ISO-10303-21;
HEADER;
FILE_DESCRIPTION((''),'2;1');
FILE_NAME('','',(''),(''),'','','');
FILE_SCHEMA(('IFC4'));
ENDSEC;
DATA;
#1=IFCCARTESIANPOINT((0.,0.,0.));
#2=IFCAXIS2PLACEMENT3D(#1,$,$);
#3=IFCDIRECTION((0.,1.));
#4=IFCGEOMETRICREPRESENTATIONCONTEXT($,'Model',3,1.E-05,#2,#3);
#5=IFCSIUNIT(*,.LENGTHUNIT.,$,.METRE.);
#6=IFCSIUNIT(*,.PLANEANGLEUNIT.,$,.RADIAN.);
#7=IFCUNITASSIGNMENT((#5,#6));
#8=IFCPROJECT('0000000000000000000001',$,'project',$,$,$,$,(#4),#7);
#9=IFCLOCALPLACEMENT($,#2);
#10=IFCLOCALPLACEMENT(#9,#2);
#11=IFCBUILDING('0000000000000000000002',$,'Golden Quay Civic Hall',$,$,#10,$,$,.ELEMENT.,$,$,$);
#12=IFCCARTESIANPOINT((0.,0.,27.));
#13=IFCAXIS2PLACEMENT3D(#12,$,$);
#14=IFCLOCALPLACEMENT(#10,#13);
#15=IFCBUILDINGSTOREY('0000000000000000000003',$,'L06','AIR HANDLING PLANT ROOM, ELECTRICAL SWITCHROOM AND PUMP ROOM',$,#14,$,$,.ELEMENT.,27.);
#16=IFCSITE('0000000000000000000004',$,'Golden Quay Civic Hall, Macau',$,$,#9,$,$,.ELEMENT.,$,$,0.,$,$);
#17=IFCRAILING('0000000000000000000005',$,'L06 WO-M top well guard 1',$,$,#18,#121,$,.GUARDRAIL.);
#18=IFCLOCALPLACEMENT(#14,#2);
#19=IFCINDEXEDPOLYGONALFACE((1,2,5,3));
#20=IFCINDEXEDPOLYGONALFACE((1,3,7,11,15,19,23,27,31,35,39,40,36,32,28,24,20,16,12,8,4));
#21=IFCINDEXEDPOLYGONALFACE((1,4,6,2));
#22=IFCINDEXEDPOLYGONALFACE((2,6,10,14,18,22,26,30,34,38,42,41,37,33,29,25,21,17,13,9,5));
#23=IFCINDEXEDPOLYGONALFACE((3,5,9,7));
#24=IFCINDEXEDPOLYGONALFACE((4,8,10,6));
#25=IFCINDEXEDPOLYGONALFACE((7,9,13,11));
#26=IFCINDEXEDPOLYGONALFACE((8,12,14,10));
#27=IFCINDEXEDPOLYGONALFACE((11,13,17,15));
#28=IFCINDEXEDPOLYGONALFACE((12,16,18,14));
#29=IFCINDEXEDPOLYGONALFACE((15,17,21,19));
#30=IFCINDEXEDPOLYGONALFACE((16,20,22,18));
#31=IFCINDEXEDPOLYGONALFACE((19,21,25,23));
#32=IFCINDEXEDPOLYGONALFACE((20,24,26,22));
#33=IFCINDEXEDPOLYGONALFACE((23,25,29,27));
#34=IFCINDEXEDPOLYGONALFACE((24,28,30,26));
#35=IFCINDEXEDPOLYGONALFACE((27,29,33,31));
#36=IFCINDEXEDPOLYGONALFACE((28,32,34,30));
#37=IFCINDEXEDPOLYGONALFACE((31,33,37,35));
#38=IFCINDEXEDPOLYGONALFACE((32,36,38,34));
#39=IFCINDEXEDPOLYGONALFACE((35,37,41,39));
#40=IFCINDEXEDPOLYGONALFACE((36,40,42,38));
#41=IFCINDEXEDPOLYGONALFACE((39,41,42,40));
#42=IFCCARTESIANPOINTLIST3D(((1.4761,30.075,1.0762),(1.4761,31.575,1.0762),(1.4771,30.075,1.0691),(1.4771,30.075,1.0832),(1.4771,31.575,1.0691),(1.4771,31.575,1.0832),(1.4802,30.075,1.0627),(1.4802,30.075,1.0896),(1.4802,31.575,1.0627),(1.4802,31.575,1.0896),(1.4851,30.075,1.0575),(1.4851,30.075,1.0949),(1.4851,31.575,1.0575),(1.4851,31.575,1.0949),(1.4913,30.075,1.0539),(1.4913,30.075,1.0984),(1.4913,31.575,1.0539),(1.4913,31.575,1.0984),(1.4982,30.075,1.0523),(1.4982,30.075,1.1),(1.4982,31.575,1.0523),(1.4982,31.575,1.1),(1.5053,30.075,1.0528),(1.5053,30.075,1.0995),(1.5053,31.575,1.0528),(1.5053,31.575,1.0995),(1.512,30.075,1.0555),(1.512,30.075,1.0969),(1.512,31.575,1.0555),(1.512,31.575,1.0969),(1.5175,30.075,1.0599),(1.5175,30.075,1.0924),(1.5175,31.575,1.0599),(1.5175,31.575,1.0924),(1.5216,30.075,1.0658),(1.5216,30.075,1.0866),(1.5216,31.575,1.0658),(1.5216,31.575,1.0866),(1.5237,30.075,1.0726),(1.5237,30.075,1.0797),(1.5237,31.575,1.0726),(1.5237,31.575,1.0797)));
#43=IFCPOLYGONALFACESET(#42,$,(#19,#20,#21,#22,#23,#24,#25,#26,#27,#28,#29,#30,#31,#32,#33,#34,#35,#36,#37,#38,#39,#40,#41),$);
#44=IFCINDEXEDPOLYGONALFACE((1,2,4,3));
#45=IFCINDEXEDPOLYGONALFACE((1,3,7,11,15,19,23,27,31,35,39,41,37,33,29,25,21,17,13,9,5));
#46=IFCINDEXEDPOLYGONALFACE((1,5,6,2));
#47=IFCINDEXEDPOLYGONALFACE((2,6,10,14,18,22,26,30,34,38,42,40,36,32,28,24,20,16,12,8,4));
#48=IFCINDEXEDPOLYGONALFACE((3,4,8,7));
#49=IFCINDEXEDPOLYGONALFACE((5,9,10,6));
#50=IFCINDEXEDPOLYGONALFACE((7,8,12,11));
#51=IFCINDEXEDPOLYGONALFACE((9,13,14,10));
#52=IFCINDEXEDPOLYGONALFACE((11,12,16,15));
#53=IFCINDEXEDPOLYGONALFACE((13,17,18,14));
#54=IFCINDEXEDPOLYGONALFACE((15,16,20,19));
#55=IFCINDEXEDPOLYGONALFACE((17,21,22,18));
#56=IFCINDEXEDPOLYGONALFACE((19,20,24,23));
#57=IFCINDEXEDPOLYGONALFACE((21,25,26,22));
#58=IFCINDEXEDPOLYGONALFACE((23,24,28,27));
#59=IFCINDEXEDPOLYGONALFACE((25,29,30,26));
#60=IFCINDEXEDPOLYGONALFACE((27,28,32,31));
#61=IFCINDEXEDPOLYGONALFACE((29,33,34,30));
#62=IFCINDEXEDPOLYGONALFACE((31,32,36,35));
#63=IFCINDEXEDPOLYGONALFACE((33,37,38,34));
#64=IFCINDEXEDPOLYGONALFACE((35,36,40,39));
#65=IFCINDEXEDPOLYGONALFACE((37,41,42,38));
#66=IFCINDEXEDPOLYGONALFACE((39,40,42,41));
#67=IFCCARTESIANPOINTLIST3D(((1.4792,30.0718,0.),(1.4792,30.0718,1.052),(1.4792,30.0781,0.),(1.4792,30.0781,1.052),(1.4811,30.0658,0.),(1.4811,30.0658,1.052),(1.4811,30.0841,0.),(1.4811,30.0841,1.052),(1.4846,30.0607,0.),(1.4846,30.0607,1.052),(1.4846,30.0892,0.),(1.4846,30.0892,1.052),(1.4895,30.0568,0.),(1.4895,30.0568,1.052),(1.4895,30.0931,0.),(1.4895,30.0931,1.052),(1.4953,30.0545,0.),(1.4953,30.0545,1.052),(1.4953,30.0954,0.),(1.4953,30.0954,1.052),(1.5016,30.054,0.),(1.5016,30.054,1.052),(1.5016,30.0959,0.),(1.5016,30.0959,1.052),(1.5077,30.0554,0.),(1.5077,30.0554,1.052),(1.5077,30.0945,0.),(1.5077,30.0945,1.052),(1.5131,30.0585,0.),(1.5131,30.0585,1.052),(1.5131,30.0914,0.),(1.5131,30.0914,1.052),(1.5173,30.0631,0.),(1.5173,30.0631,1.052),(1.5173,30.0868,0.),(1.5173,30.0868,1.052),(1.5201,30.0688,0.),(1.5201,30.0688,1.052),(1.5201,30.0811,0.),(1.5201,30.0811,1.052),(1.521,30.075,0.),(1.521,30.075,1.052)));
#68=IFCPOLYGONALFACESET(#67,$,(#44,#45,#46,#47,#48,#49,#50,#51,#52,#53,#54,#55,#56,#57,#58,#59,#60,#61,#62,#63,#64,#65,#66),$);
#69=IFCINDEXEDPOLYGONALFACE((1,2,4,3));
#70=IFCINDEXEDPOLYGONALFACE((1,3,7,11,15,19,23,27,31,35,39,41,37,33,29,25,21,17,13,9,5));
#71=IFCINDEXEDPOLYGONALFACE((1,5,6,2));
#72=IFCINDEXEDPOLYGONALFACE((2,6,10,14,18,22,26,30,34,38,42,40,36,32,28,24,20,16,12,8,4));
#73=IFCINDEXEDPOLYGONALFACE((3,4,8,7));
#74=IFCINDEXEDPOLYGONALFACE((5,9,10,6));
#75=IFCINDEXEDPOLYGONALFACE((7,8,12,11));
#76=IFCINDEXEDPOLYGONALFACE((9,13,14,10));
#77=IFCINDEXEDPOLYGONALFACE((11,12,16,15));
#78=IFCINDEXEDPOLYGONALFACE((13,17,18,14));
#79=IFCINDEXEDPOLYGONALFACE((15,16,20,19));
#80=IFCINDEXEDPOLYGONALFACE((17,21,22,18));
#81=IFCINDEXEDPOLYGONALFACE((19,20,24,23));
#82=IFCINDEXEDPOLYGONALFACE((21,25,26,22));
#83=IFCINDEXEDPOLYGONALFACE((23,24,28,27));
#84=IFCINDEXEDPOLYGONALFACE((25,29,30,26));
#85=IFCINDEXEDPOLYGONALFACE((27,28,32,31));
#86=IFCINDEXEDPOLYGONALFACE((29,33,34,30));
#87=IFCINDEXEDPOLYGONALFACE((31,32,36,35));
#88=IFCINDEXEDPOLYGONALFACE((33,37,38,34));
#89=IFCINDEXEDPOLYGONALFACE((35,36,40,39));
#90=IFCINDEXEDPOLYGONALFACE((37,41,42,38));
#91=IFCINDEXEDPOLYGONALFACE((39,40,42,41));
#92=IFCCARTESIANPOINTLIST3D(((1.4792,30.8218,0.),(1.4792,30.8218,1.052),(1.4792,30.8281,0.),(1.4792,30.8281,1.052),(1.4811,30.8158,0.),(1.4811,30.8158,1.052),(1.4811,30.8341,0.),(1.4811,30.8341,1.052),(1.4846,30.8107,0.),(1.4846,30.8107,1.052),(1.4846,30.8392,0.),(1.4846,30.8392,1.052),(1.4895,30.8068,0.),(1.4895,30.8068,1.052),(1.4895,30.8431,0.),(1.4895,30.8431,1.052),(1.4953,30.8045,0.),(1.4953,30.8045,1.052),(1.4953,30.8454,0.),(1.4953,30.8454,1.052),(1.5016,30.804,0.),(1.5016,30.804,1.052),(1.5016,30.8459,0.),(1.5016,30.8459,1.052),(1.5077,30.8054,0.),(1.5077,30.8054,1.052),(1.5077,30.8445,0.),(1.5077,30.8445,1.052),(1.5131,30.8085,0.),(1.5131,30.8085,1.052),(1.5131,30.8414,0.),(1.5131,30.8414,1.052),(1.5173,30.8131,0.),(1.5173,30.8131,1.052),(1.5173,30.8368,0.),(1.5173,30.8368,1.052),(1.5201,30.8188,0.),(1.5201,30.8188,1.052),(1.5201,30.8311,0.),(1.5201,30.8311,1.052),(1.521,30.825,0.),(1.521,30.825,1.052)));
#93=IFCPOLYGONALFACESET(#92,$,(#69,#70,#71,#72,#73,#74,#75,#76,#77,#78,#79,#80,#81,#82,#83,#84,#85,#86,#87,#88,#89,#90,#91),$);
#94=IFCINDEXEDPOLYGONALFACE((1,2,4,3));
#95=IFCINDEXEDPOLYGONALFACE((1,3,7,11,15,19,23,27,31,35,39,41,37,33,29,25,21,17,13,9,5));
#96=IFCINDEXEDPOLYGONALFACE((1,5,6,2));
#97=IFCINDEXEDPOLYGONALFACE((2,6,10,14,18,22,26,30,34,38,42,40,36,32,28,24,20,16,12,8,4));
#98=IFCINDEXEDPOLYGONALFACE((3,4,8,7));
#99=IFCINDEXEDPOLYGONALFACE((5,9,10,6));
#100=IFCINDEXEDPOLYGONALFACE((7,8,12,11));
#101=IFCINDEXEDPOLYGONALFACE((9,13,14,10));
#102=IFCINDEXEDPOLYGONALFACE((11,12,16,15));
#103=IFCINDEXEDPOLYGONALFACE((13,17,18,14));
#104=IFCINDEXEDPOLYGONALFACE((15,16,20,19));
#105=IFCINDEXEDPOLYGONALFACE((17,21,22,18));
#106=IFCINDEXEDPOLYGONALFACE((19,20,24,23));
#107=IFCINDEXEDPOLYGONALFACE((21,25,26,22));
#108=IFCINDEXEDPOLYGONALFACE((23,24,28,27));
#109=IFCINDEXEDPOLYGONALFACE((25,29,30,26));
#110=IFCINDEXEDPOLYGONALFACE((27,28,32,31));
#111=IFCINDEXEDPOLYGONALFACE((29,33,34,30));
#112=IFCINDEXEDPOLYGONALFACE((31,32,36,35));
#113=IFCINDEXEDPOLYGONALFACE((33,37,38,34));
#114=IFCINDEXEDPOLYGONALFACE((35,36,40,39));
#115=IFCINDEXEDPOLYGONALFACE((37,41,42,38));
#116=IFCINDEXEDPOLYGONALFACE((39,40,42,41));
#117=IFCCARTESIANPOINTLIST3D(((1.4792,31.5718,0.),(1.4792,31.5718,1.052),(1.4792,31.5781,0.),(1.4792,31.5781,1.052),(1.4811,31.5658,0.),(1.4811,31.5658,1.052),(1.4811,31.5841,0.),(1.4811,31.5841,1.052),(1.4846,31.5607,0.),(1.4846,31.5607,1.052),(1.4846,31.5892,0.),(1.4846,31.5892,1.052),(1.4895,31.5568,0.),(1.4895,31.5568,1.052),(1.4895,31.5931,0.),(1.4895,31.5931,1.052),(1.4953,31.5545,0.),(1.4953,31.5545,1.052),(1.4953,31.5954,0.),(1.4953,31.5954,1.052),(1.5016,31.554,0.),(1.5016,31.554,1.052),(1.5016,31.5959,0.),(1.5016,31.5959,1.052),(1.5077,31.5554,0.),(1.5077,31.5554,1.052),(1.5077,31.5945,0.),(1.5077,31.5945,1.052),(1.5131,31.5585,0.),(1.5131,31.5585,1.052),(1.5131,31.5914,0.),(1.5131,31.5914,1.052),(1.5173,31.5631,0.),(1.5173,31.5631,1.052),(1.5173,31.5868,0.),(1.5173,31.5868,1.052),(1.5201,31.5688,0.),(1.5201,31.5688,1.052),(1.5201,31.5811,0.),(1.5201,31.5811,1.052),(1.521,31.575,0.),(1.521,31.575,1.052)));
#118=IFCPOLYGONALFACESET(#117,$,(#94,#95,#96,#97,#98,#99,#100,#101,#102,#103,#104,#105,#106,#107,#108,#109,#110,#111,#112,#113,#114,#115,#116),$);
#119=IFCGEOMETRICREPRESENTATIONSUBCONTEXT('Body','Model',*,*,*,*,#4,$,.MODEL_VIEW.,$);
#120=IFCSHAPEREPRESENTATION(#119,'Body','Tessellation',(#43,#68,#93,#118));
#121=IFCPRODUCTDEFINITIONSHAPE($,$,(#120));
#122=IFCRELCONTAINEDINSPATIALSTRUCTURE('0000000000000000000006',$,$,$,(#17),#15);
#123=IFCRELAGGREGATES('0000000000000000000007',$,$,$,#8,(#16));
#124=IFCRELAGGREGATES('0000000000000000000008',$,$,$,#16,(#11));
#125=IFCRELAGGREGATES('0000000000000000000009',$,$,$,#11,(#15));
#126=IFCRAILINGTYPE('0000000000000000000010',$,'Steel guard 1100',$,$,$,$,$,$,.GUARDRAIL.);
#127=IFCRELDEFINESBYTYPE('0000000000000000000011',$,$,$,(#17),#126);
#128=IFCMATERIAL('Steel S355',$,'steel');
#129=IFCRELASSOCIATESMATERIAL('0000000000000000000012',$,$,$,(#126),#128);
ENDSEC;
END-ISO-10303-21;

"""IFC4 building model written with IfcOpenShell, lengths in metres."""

from ifc_helpers import new_model, si_unit, direction, frame, origin, origin_2d, place, context, subcontext, project, spatial, circle, extrude, material, type_object, element, save


model = new_model("IFC4")

# Units and contexts
model_context = context("Model", 3, precision=1e-05, world=origin(), true_north=direction((0.0, 1.0)))
body_context = subcontext(model_context, "Body", "Model", "MODEL_VIEW")
ifc_project = project(units=[si_unit("LENGTHUNIT", "METRE"), si_unit("PLANEANGLEUNIT", "RADIAN")], contexts=[model_context])

# Site, building, storey
site_placement = place(None, origin())
site = spatial("IfcSite", under=ifc_project, at=site_placement, Name="Golden Quay Civic Hall, Macau", CompositionType="ELEMENT", RefElevation=0.0)
building_placement = place(site_placement, origin())
building = spatial("IfcBuilding", under=site, at=building_placement, Name="Golden Quay Civic Hall", CompositionType="ELEMENT")
storey_placement = place(building_placement, frame((0.0, 0.0, 27.0)))
storey = spatial("IfcBuildingStorey", under=building, at=storey_placement, Name="L06", Description="AIR HANDLING PLANT ROOM, ELECTRICAL SWITCHROOM AND PUMP ROOM", CompositionType="ELEMENT", Elevation=27.0)

# Railing
ifc_material_1 = material(Name="Steel S355", Category="steel")
railing_type = type_object("IfcRailingType", Name="Steel guard 1100", PredefinedType="GUARDRAIL", material=ifc_material_1)
railing_placement = place(storey_placement, frame((1.5, 30.075, 0.0)))
element("IfcRailing", 1, at=railing_placement, inside=storey, type_object=railing_type, Name="L06 WO-M top well guard 1", PredefinedType="GUARDRAIL", context=body_context, shape_type="SweptSolid", body=[
    extrude(circle(Radius=0.0239, at=origin_2d()), frame((0.0, 0.0, 1.0762), z_axis=(0.0, 1.0, 0.0), x_axis=(-1.0, 0.0, 0.0)), (0.0, 0.0, 1.0), 1.5),
    extrude(circle(Radius=0.021, at=origin_2d()), origin(), (0.0, 0.0, 1.0), 1.052),
    extrude(circle(Radius=0.021, at=origin_2d()), frame((0.0, 0.75, 0.0)), (0.0, 0.0, 1.0), 1.052),
    extrude(circle(Radius=0.021, at=origin_2d()), frame((0.0, 1.5, 0.0)), (0.0, 0.0, 1.0), 1.052),
])

save(model, "model.ifc")
